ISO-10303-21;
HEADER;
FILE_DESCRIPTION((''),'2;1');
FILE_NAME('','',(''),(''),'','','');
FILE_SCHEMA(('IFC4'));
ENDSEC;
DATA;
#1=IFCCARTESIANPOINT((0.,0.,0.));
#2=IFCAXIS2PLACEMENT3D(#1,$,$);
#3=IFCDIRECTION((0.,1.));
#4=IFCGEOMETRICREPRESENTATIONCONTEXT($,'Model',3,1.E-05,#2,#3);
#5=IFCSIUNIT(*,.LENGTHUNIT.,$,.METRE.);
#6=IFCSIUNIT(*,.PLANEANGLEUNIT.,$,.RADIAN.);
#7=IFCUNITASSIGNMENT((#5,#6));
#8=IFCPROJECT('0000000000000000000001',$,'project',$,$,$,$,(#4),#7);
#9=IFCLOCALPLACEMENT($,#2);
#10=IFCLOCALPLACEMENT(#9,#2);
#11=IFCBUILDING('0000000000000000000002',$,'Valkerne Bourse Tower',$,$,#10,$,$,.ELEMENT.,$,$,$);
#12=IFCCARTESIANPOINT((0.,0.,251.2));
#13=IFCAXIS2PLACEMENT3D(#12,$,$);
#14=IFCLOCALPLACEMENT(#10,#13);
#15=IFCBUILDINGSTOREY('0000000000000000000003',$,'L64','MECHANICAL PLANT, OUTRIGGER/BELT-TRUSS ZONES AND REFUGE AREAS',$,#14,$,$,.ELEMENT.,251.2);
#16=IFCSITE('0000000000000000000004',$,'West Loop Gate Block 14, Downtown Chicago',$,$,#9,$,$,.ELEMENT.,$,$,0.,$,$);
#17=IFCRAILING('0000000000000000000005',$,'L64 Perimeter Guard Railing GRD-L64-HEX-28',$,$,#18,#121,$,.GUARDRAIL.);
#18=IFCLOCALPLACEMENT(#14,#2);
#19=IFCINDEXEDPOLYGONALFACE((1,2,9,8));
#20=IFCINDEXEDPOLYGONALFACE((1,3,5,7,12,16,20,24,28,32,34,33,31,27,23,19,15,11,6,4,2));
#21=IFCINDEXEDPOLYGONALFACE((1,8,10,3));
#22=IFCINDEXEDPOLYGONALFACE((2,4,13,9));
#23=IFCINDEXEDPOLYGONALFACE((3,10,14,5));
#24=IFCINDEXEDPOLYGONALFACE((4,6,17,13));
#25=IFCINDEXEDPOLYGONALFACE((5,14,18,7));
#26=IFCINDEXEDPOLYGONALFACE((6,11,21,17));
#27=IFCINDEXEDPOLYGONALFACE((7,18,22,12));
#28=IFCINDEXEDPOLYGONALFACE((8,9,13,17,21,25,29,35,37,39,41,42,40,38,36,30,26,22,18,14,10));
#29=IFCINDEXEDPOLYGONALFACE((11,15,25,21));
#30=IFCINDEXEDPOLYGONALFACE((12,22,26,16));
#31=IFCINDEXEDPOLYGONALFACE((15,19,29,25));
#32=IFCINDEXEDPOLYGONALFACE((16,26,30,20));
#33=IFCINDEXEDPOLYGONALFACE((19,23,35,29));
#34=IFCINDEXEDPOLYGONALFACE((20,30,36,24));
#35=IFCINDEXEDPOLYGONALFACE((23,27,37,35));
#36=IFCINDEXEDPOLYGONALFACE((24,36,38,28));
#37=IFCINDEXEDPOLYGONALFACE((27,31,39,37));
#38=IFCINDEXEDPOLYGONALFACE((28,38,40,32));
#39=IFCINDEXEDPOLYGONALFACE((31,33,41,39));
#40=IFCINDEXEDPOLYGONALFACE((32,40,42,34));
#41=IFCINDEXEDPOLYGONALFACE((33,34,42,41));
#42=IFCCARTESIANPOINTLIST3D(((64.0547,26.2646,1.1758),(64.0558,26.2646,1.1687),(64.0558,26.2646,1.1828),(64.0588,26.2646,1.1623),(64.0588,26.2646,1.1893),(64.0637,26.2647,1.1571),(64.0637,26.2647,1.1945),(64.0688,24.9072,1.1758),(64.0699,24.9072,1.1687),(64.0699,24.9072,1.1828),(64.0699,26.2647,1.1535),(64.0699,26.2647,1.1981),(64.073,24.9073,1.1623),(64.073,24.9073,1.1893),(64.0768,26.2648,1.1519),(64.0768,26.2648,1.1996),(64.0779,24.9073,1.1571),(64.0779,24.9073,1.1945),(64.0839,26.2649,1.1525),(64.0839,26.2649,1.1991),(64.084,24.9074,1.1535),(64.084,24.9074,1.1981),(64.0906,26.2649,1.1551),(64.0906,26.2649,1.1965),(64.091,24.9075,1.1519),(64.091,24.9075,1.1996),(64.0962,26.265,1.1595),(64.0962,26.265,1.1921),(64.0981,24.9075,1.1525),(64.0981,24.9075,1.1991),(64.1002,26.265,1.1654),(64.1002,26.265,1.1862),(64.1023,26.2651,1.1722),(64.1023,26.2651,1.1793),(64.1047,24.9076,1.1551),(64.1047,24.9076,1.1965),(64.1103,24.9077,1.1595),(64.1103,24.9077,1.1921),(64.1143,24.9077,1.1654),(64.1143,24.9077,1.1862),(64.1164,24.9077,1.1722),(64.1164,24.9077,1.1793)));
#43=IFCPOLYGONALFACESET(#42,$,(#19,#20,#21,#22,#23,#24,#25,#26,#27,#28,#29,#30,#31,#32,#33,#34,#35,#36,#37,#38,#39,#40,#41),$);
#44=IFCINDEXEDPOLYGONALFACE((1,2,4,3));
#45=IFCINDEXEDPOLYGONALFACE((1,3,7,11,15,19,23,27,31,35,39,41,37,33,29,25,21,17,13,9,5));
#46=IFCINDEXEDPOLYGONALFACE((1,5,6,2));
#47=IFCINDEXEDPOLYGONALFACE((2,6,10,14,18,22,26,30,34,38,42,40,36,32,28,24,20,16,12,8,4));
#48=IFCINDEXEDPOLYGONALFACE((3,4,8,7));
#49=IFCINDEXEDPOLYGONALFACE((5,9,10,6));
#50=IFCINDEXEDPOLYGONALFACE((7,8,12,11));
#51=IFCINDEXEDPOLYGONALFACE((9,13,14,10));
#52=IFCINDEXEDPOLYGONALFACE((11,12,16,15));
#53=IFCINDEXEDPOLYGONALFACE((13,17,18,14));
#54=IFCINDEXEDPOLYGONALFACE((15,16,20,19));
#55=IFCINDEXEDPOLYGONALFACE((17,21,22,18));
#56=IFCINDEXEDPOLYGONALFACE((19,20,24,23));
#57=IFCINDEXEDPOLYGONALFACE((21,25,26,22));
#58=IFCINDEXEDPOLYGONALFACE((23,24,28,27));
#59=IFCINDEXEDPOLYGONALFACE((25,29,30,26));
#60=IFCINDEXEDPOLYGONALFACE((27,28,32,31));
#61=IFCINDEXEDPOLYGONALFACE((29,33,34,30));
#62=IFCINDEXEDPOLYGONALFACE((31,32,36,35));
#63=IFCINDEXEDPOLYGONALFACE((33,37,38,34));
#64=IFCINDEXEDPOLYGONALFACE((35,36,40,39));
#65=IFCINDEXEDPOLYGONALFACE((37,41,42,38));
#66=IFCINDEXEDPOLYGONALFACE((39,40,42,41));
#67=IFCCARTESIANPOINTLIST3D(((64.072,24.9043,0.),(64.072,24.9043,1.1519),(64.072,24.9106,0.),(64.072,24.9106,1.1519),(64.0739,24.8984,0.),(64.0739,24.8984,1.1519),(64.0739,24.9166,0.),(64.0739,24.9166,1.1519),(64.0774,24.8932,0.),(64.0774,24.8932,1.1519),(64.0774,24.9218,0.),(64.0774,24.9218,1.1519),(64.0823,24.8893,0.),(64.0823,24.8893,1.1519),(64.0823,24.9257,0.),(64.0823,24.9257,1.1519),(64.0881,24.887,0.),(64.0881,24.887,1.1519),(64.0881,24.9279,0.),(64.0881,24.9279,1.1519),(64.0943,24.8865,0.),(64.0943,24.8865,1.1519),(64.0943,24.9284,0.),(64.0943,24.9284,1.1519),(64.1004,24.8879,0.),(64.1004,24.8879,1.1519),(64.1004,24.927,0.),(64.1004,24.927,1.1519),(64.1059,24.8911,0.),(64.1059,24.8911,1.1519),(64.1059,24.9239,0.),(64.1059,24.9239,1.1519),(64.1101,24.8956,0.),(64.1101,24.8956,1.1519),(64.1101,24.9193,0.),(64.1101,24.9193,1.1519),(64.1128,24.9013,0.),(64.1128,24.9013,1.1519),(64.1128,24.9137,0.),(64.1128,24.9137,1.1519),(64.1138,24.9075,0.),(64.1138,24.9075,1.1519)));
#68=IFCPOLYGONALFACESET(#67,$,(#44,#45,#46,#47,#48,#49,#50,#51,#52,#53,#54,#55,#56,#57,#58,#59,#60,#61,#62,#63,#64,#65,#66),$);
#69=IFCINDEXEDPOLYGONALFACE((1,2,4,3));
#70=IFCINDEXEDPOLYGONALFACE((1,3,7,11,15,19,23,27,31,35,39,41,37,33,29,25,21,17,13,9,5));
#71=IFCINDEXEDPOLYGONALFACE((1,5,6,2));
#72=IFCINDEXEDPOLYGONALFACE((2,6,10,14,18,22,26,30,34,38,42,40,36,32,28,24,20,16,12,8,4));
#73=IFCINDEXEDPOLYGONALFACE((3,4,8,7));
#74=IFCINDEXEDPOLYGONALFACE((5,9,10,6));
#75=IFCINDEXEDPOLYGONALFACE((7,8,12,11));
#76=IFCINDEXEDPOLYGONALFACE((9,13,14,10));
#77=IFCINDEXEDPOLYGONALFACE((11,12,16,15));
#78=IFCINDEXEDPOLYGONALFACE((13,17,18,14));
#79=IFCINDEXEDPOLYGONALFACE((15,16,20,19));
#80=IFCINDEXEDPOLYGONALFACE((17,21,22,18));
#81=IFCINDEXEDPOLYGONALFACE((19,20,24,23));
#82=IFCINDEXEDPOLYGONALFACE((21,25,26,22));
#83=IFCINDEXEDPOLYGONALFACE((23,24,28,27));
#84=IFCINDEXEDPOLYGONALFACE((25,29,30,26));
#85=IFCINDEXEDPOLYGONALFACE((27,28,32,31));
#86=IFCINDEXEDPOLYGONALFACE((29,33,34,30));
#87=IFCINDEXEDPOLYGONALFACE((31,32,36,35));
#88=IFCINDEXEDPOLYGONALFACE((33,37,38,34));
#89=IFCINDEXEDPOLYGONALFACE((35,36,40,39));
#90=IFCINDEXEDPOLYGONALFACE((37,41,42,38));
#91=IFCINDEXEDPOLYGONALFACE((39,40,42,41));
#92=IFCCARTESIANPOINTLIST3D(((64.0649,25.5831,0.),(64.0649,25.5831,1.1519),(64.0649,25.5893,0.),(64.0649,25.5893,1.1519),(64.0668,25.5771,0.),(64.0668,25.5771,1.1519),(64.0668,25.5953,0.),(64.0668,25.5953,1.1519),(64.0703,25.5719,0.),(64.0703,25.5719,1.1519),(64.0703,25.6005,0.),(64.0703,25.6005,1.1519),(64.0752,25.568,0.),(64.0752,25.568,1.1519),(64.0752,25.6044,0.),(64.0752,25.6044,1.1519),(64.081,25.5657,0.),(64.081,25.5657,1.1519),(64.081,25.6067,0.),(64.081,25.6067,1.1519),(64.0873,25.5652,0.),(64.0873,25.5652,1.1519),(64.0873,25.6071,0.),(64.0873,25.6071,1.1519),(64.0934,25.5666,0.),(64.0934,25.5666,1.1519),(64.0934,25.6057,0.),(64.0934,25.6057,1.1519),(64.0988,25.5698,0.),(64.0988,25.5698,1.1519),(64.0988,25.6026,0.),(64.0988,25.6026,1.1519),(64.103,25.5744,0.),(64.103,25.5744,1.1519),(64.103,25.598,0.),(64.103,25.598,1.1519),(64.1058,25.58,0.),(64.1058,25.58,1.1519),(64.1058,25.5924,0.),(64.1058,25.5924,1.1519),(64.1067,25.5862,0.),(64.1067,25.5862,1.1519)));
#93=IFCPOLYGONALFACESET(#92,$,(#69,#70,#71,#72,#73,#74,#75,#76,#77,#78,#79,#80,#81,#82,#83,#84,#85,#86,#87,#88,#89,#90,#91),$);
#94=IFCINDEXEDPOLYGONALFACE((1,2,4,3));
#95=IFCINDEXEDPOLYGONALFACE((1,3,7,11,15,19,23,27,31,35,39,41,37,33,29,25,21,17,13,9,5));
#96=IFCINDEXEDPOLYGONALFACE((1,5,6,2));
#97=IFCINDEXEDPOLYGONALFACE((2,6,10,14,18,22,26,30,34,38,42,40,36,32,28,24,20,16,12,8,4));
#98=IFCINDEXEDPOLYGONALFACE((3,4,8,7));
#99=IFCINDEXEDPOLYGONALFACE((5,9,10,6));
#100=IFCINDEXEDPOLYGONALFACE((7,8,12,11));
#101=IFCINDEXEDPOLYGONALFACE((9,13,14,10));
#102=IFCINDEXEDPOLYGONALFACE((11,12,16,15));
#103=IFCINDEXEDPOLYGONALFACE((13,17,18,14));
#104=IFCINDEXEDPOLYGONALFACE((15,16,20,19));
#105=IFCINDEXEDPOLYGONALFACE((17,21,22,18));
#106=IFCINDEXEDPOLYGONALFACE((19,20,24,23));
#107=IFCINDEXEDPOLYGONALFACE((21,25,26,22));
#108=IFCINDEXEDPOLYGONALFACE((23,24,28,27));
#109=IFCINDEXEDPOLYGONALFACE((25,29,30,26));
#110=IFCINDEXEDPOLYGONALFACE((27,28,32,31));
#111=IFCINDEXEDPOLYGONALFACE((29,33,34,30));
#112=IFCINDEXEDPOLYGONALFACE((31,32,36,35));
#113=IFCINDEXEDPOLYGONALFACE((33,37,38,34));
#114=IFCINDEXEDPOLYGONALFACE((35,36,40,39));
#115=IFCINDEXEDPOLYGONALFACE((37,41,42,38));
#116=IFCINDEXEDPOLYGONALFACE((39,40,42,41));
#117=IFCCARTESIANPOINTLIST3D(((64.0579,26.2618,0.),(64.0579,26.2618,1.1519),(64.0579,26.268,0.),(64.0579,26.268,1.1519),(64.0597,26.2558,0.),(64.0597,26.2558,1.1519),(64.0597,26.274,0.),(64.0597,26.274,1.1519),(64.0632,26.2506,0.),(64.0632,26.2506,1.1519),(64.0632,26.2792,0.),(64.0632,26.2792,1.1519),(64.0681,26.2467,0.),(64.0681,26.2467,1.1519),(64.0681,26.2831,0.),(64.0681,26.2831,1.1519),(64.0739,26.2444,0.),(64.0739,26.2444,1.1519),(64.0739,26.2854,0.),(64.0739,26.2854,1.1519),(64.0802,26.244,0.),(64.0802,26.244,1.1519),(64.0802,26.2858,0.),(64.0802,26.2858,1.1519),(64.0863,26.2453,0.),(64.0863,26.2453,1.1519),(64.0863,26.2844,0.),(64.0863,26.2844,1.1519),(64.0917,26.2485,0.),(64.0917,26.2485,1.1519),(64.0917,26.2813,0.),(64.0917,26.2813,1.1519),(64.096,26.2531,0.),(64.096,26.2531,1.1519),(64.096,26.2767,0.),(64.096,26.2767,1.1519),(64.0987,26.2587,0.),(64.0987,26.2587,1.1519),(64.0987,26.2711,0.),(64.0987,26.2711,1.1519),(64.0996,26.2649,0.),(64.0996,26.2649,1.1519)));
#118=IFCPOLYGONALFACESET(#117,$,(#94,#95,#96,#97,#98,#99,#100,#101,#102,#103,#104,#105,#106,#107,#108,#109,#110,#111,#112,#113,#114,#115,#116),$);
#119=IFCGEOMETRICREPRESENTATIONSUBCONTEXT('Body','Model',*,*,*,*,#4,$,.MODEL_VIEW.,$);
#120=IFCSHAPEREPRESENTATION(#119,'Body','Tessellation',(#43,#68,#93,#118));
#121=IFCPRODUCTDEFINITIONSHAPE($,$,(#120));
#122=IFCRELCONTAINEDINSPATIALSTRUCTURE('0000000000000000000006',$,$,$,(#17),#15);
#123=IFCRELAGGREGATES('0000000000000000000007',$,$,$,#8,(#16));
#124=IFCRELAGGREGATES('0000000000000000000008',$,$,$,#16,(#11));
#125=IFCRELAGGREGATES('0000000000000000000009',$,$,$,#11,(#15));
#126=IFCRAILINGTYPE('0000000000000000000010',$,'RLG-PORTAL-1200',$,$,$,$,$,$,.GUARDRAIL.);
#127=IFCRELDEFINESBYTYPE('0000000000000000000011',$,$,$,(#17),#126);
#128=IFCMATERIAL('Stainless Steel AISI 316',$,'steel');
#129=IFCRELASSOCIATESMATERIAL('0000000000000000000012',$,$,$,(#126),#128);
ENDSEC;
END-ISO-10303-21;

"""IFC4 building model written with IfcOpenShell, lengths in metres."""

from ifc_helpers import new_model, si_unit, direction, frame, origin, origin_2d, place, context, subcontext, project, spatial, circle, extrude, material, type_object, element, save


model = new_model("IFC4")

# Units and contexts
model_context = context("Model", 3, precision=1e-05, world=origin(), true_north=direction((0.0, 1.0)))
body_context = subcontext(model_context, "Body", "Model", "MODEL_VIEW")
ifc_project = project(units=[si_unit("LENGTHUNIT", "METRE"), si_unit("PLANEANGLEUNIT", "RADIAN")], contexts=[model_context])

# Site, building, storey
site_placement = place(None, origin())
site = spatial("IfcSite", under=ifc_project, at=site_placement, Name="West Loop Gate Block 14, Downtown Chicago", CompositionType="ELEMENT", RefElevation=0.0)
building_placement = place(site_placement, origin())
building = spatial("IfcBuilding", under=site, at=building_placement, Name="Valkerne Bourse Tower", CompositionType="ELEMENT")
storey_placement = place(building_placement, frame((0.0, 0.0, 251.2)))
storey = spatial("IfcBuildingStorey", under=building, at=storey_placement, Name="L64", Description="MECHANICAL PLANT, OUTRIGGER/BELT-TRUSS ZONES AND REFUGE AREAS", CompositionType="ELEMENT", Elevation=251.2)

# Railing
ifc_material_1 = material(Name="Stainless Steel AISI 316", Category="steel")
railing_type = type_object("IfcRailingType", Name="RLG-PORTAL-1200", PredefinedType="GUARDRAIL", material=ifc_material_1)
railing_1_placement = place(storey_placement, frame((64.0928, 24.9075, 0.0)))
element("IfcRailing", 1, at=railing_1_placement, inside=storey, type_object=railing_type, Name="L64 Perimeter Guard Railing GRD-L64-HEX-28", PredefinedType="GUARDRAIL", context=body_context, shape_type="SweptSolid", body=[
    extrude(circle(Radius=0.0239, at=origin_2d()), frame((0.0, 0.0, 1.1758), z_axis=(-0.010431, 0.999946, 0.0), x_axis=(-0.999946, -0.010431, 0.0)), (0.0, 0.0, 1.0), 1.3574),
    extrude(circle(Radius=0.021, at=origin_2d()), origin(), (0.0, 0.0, 1.0), 1.1519),
    extrude(circle(Radius=0.021, at=origin_2d()), frame((-0.0071, 0.6787, 0.0)), (0.0, 0.0, 1.0), 1.1519),
    extrude(circle(Radius=0.021, at=origin_2d()), frame((-0.0142, 1.3574, 0.0)), (0.0, 0.0, 1.0), 1.1519),
])

save(model, "model.ifc")
